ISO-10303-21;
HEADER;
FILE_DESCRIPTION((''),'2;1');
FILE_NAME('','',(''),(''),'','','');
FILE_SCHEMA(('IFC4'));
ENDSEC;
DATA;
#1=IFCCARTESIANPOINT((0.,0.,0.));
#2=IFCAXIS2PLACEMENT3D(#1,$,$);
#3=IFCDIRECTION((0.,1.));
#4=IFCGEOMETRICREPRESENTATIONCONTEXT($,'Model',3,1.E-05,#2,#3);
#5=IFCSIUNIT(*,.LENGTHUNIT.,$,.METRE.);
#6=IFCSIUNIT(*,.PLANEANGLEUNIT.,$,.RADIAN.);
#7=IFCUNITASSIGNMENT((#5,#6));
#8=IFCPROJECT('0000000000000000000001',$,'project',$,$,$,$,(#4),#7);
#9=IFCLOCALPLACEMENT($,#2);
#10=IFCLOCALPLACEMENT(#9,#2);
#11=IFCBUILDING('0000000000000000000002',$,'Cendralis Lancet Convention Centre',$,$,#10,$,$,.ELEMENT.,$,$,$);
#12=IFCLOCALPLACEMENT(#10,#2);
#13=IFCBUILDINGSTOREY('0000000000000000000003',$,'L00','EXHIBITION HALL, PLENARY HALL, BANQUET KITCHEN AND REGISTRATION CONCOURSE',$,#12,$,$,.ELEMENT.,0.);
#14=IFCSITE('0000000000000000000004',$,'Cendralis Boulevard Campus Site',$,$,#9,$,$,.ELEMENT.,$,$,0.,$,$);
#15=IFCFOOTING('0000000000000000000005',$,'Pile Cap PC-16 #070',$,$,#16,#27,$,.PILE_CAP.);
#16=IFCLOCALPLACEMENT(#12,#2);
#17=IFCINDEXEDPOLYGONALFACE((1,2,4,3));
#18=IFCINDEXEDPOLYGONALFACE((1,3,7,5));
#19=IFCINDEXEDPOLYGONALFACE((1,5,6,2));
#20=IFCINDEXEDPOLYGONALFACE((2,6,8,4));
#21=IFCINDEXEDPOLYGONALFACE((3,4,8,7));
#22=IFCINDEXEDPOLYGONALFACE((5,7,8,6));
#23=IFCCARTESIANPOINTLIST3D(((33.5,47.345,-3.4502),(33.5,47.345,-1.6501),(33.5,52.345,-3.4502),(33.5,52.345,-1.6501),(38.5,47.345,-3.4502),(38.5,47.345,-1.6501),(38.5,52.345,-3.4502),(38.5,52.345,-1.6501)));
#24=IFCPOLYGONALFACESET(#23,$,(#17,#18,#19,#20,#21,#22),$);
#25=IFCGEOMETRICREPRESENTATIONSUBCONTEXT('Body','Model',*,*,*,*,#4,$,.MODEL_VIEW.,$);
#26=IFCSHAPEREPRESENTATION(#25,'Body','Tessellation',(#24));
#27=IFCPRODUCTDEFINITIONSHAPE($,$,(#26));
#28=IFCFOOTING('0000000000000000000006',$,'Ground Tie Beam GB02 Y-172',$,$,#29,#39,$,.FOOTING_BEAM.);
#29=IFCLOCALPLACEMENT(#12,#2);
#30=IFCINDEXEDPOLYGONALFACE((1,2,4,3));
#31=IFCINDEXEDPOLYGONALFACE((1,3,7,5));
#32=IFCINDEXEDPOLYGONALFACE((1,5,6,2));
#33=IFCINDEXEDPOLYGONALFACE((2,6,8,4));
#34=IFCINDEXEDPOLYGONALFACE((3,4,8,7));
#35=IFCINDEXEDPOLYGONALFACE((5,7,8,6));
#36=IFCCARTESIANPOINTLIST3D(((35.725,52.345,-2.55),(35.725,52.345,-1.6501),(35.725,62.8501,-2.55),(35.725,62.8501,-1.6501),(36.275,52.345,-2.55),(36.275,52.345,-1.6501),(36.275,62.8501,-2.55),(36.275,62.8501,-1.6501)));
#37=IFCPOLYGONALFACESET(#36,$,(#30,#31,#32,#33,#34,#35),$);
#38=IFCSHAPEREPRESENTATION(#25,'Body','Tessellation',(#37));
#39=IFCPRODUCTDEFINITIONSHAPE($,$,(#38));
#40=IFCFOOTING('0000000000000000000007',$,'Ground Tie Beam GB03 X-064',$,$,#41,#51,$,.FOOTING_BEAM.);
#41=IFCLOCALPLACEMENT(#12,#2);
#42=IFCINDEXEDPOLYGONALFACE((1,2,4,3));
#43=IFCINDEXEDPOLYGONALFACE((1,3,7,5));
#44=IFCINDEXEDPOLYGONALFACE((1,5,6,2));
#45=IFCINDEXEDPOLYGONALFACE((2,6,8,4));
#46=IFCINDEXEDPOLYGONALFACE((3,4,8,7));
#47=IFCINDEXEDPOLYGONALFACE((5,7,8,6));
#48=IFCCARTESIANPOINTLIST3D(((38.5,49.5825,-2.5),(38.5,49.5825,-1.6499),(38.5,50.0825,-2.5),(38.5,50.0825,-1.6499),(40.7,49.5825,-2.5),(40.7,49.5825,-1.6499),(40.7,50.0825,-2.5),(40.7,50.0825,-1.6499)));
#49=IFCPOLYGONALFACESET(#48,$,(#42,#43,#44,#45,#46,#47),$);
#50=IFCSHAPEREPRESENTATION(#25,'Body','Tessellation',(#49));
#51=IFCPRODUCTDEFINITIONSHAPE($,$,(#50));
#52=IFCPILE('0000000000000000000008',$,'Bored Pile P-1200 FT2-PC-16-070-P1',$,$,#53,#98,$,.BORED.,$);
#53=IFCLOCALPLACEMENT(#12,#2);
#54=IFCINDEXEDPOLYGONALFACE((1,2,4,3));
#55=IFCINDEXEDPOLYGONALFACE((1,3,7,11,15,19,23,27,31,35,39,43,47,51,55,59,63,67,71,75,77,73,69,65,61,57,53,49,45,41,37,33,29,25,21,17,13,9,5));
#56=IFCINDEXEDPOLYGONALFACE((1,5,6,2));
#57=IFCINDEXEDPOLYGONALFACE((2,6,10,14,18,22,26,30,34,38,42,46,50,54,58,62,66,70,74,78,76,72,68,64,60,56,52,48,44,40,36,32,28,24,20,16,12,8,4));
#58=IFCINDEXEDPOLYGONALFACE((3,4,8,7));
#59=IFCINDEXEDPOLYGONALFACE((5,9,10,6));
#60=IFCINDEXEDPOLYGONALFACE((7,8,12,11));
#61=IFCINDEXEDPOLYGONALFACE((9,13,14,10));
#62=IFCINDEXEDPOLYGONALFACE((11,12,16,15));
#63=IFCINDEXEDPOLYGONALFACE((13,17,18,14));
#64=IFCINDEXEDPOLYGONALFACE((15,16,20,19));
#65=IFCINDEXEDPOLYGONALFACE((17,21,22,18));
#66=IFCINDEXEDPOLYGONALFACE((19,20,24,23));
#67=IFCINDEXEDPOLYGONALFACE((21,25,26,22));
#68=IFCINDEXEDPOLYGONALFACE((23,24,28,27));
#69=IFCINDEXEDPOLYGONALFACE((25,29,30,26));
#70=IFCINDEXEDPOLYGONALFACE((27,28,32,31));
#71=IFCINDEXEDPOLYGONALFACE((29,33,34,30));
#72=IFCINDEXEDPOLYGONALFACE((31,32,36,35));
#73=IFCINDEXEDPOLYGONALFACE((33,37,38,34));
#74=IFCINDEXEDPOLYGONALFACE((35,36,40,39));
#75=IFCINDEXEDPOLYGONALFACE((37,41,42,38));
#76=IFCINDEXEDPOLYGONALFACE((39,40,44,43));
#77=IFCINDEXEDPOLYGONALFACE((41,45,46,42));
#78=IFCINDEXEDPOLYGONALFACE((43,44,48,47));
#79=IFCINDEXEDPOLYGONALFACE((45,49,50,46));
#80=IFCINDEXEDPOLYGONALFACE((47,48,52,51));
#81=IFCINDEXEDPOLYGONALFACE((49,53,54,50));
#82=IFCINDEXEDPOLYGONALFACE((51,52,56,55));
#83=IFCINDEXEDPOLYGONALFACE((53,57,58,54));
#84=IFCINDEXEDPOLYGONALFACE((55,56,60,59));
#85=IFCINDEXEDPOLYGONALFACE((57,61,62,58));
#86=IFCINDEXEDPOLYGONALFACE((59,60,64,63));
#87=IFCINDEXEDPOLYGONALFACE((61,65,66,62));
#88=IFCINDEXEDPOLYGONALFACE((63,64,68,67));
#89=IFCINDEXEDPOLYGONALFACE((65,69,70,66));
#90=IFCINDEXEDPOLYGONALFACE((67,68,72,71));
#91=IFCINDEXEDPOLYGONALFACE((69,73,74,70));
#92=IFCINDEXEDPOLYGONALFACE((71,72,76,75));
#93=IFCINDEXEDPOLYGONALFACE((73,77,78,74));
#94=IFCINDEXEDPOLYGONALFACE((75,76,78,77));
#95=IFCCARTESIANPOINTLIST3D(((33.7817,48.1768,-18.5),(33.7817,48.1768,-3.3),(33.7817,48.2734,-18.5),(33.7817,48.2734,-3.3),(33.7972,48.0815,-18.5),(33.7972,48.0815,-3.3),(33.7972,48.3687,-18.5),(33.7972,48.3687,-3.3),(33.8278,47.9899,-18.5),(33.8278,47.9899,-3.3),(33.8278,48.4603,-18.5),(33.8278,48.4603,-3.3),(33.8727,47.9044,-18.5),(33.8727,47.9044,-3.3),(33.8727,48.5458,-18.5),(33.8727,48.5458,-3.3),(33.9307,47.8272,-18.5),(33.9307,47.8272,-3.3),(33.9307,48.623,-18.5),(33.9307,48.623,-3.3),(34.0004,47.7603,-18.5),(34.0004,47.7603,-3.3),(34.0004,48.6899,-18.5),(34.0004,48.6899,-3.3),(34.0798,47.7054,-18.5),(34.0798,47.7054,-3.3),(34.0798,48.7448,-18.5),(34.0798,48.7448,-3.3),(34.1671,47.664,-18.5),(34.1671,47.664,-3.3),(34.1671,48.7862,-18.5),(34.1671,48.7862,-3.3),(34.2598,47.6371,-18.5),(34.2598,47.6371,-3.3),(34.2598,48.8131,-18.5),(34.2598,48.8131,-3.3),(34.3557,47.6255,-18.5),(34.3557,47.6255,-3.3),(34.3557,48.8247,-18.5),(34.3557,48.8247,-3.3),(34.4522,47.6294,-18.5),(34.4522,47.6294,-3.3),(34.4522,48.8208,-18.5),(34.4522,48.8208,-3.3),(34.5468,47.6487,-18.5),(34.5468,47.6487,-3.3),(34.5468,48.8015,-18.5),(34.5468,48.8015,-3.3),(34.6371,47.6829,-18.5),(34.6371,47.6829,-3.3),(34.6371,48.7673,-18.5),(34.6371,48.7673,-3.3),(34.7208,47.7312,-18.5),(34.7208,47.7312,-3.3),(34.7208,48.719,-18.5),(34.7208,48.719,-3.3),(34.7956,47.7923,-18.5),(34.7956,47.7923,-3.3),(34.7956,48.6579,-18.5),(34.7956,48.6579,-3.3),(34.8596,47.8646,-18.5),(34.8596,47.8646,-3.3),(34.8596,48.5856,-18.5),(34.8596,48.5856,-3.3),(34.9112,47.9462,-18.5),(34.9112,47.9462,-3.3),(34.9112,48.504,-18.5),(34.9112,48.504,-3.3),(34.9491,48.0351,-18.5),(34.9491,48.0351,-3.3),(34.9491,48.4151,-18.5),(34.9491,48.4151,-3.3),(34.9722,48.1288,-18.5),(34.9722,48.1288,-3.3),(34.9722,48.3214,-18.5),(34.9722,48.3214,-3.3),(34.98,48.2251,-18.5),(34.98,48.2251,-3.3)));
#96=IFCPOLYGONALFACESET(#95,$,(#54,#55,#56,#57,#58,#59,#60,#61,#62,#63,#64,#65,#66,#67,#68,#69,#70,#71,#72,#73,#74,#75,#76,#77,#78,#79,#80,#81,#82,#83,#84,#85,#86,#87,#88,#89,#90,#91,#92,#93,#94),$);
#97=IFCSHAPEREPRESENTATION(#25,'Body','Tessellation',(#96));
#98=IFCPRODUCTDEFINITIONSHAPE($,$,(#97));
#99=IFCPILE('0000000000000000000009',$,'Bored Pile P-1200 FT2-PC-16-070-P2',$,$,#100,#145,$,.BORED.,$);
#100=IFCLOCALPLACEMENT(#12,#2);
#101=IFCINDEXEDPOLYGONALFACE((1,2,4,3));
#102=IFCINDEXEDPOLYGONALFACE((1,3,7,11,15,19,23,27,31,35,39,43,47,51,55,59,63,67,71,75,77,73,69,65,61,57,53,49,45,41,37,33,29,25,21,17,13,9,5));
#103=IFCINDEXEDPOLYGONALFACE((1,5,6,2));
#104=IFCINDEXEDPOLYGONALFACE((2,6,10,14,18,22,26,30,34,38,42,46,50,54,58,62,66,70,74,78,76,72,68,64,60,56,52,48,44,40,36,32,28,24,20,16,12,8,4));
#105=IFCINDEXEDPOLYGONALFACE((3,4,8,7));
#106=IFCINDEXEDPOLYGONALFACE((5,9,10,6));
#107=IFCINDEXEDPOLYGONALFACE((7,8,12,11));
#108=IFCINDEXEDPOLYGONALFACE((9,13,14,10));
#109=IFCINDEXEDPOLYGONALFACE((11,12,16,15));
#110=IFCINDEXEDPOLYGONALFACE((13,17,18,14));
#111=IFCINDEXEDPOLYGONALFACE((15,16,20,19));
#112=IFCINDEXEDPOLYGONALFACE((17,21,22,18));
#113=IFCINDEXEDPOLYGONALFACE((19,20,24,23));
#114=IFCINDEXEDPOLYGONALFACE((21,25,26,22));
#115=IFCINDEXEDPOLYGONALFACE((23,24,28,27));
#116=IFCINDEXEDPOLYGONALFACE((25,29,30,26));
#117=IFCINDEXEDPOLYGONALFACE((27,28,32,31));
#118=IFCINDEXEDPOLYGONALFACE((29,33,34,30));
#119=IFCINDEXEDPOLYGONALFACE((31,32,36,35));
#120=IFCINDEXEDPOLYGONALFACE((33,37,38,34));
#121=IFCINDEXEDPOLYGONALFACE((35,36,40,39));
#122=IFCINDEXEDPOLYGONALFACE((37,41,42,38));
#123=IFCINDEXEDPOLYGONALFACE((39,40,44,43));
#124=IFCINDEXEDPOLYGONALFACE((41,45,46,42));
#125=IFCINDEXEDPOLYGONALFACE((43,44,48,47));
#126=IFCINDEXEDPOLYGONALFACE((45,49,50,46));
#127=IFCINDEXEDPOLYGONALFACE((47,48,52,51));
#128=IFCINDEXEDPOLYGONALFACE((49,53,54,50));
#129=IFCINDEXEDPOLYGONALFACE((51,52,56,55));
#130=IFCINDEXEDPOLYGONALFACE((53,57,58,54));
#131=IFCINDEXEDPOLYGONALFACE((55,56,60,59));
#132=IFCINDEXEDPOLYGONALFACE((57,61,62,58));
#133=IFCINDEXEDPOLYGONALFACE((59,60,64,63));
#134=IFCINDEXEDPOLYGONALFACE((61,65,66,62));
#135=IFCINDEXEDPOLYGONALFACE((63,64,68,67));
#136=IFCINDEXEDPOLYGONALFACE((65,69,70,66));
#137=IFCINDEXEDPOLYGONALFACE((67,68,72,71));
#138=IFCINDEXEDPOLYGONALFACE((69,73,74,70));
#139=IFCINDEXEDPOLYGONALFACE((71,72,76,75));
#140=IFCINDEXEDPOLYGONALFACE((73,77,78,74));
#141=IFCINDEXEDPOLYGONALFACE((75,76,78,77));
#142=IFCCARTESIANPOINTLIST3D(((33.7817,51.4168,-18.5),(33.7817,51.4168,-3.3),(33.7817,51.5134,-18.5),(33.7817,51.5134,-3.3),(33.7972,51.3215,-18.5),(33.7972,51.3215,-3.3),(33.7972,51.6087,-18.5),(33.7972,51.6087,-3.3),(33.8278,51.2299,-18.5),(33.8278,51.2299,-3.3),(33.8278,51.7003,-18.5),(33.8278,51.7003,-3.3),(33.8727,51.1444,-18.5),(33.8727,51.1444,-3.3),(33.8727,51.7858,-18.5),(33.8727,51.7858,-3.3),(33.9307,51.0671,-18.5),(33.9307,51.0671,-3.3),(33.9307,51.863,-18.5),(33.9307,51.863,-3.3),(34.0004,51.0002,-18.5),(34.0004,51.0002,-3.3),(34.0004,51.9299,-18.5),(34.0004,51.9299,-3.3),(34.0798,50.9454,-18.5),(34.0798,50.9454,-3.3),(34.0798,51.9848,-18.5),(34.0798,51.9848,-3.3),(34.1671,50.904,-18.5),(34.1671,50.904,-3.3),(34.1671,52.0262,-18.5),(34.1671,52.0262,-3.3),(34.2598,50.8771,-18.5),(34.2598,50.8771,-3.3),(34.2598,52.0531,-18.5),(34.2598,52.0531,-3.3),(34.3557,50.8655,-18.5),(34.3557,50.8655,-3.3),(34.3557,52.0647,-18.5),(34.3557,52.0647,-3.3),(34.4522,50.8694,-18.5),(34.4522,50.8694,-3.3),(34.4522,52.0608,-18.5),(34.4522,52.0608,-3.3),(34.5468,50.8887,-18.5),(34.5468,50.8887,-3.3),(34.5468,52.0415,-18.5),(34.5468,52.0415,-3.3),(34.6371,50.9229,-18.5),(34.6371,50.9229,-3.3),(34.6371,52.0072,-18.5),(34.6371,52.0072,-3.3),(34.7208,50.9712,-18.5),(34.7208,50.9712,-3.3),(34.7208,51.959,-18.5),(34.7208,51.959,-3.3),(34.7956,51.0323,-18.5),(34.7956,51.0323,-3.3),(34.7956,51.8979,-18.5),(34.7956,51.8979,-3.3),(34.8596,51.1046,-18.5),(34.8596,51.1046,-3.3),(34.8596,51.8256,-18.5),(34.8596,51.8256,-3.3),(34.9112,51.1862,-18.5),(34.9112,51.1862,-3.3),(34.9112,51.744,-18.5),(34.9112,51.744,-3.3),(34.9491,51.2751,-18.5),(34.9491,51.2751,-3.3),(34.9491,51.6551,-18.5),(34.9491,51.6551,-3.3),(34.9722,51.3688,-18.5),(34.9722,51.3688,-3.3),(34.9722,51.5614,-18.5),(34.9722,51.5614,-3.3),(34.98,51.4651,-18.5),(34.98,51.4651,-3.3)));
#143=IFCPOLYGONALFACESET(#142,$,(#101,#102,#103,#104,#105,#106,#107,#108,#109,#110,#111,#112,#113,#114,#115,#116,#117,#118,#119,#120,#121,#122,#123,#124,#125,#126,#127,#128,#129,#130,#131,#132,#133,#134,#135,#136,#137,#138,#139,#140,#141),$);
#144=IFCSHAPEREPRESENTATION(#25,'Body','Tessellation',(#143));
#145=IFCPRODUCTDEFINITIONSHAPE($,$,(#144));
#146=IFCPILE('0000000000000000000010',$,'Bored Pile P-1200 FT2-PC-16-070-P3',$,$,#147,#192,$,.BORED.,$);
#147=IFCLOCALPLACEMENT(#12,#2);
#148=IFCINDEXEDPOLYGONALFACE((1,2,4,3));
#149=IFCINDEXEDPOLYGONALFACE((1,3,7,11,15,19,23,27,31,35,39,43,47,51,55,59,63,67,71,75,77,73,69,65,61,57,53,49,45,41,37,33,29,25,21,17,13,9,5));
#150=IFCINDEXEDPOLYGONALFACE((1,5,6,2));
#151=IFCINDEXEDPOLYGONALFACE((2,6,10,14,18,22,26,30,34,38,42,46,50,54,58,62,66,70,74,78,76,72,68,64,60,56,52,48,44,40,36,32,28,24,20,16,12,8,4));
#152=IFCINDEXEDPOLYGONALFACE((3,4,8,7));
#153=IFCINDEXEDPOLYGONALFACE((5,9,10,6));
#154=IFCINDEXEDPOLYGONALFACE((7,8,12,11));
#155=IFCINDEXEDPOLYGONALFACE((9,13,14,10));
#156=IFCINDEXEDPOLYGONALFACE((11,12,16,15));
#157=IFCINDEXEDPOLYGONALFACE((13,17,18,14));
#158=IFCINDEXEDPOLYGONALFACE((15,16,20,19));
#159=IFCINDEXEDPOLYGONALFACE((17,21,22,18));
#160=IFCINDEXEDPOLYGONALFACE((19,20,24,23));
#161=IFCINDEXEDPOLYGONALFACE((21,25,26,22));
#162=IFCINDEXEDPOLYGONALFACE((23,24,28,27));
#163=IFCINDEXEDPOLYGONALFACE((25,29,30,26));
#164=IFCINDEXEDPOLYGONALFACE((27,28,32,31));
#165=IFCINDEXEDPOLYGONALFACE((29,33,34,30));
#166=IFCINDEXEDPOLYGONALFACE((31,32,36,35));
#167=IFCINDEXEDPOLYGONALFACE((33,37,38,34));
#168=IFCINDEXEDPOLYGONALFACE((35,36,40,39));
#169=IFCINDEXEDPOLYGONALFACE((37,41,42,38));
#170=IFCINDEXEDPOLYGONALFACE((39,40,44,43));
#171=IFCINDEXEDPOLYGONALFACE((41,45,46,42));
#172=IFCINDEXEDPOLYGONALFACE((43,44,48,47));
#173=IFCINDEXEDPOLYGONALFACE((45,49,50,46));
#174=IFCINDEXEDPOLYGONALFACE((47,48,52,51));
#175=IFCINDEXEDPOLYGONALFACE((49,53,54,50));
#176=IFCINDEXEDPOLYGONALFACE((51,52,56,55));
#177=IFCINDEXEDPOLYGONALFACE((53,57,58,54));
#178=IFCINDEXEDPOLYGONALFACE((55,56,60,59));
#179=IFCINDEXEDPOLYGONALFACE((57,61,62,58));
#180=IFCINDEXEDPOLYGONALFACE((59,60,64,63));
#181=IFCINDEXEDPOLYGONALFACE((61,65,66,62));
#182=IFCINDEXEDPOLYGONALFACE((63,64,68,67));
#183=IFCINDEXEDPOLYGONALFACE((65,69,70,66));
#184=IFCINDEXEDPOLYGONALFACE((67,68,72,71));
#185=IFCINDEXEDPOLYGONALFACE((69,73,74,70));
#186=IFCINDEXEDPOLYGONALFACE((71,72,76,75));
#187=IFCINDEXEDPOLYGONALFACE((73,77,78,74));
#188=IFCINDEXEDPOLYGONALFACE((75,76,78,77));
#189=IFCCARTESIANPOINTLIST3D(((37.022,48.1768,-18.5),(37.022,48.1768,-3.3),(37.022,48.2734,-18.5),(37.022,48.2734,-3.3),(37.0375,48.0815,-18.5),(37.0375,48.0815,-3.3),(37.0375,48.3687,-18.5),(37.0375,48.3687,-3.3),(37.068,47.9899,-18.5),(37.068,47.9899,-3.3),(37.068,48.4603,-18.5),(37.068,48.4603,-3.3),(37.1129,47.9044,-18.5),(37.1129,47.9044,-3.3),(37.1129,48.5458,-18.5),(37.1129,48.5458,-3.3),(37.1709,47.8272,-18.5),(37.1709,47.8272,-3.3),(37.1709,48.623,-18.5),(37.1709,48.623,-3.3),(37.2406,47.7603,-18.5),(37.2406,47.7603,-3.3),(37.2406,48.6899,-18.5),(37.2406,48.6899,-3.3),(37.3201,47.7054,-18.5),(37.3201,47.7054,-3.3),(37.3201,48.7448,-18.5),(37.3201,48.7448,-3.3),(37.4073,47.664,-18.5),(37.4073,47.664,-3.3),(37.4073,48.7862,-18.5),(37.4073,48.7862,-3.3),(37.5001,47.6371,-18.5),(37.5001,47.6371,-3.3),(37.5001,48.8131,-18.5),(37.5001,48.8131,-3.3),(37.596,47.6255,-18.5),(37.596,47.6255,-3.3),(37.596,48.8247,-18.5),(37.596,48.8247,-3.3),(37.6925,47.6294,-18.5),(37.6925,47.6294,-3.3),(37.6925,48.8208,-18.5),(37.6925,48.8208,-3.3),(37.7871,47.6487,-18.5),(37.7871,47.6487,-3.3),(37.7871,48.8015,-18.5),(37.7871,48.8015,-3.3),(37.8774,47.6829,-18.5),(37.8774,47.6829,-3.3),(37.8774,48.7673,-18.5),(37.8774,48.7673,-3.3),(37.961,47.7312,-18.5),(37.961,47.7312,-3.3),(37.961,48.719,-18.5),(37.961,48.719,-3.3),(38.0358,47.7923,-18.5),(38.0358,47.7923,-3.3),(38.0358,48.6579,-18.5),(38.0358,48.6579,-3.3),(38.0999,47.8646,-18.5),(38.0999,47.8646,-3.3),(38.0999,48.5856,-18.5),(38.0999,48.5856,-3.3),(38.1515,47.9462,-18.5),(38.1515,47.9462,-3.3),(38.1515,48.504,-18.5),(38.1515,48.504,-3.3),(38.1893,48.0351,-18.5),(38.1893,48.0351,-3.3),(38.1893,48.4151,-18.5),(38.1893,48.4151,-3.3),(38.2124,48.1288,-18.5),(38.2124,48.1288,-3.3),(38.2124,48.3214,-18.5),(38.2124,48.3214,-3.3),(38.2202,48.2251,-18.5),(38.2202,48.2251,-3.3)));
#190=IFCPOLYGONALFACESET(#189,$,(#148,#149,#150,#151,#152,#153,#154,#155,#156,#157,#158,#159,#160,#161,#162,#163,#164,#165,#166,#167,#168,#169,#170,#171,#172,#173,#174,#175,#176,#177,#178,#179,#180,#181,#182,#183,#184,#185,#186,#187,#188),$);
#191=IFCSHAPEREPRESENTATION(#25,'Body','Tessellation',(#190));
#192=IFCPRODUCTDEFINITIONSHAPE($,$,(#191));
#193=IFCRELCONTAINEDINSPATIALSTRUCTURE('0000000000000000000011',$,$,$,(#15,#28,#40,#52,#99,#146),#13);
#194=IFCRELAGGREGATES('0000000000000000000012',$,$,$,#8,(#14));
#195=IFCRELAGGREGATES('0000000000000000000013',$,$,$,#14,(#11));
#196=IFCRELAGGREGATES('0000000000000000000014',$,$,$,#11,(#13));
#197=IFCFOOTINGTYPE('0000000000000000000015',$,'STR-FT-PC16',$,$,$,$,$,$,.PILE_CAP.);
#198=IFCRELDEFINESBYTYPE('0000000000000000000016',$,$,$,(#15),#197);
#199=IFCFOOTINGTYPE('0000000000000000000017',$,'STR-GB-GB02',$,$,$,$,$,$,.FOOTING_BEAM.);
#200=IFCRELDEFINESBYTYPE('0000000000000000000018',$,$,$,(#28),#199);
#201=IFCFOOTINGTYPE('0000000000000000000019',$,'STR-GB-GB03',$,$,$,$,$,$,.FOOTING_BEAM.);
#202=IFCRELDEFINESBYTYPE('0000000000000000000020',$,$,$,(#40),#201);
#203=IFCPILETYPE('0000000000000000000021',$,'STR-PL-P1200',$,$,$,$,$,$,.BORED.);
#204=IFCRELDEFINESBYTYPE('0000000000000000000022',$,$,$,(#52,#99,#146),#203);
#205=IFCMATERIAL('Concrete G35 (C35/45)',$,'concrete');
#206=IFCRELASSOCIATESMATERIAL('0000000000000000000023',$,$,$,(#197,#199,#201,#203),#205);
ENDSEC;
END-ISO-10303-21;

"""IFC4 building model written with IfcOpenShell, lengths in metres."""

from ifc_helpers import new_model, si_unit, direction, frame, origin, origin_2d, place, context, subcontext, project, spatial, rectangle, circle, extrude, material, material_profile, profile_set, type_object, element, save


model = new_model("IFC4")

# Units and contexts
model_context = context("Model", 3, precision=1e-05, world=origin(), true_north=direction((0.0, 1.0)))
body_context = subcontext(model_context, "Body", "Model", "MODEL_VIEW")
ifc_project = project(units=[si_unit("LENGTHUNIT", "METRE"), si_unit("PLANEANGLEUNIT", "RADIAN")], contexts=[model_context])

# Site, building, storey
site_placement = place(None, origin())
site = spatial("IfcSite", under=ifc_project, at=site_placement, Name="Cendralis Boulevard Campus Site", CompositionType="ELEMENT", RefElevation=0.0)
building_placement = place(site_placement, origin())
building = spatial("IfcBuilding", under=site, at=building_placement, Name="Cendralis Lancet Convention Centre", CompositionType="ELEMENT")
storey_placement = place(building_placement, origin())
storey = spatial("IfcBuildingStorey", under=building, at=storey_placement, Name="L00", Description="EXHIBITION HALL, PLENARY HALL, BANQUET KITCHEN AND REGISTRATION CONCOURSE", CompositionType="ELEMENT", Elevation=0.0)

# Footings
ifc_material_1 = material(Name="Concrete G35 (C35/45)", Category="concrete")
footing_type_1 = type_object("IfcFootingType", Name="STR-FT-PC16", PredefinedType="PILE_CAP", material=ifc_material_1)
footing_1_placement = place(storey_placement, frame((36.0, 49.845, -3.4502), z_axis=(0.0, 0.0, 1.0), x_axis=(1.0, 0.0, 0.0)))
element("IfcFooting", 1, at=footing_1_placement, inside=storey, type_object=footing_type_1, Name="Pile Cap PC-16 #070", PredefinedType="PILE_CAP", context=body_context, shape_type="SweptSolid", body=[
    extrude(rectangle(XDim=5.0, YDim=5.0, at=origin_2d()), origin(), (0.0, 0.0, 1.0), 1.8),
])
ifc_material_profile_1 = material_profile(ifc_material_1, rectangle(XDim=0.55, YDim=0.8999, at=origin_2d()), Name="RCB 550x900")
ifc_profile_set_1 = profile_set([ifc_material_profile_1], Name="Concrete G35 (C35/45)")
footing_type_2 = type_object("IfcFootingType", Name="STR-GB-GB02", PredefinedType="FOOTING_BEAM", material=ifc_profile_set_1)
footing_2_placement = place(storey_placement, frame((36.0, 52.345, -2.1001), z_axis=(0.0, 1.0, 0.0), x_axis=(-1.0, 0.0, 0.0)))
element("IfcFooting", 2, at=footing_2_placement, inside=storey, type_object=footing_type_2, Name="Ground Tie Beam GB02 Y-172", PredefinedType="FOOTING_BEAM", context=body_context, shape_type="SweptSolid", body=[
    extrude(rectangle(XDim=0.55, YDim=0.8999, at=origin_2d()), origin(), (0.0, 0.0, 1.0), 10.5051),
])
ifc_material_profile_2 = material_profile(ifc_material_1, rectangle(XDim=0.5, YDim=0.8501, at=origin_2d()), Name="RCB 500x850")
ifc_profile_set_2 = profile_set([ifc_material_profile_2], Name="Concrete G35 (C35/45)")
footing_type_3 = type_object("IfcFootingType", Name="STR-GB-GB03", PredefinedType="FOOTING_BEAM", material=ifc_profile_set_2)
footing_3_placement = place(storey_placement, frame((38.5, 49.8325, -2.075), z_axis=(1.0, 0.0, 0.0), x_axis=(0.0, 1.0, 0.0)))
element("IfcFooting", 3, at=footing_3_placement, inside=storey, type_object=footing_type_3, Name="Ground Tie Beam GB03 X-064", PredefinedType="FOOTING_BEAM", context=body_context, shape_type="SweptSolid", body=[
    extrude(rectangle(XDim=0.5, YDim=0.8501, at=origin_2d()), origin(), (0.0, 0.0, 1.0), 2.2),
])

# Piles
ifc_material_profile_3 = material_profile(ifc_material_1, circle(Radius=0.6001, at=origin_2d()), Name="BORED PILE D1200")
ifc_profile_set_3 = profile_set([ifc_material_profile_3], Name="Concrete G35 (C35/45)")
pile_type = type_object("IfcPileType", Name="STR-PL-P1200", PredefinedType="BORED", material=ifc_profile_set_3)
for number, where, z_axis, x_axis, name in (
    (4, (34.3799, 48.2251, -3.3), (0.0, 0.0, -1.0), (1.0, 0.0, 0.0), "Bored Pile P-1200 FT2-PC-16-070-P1"),
    (5, (34.3799, 51.4651, -3.3), (0.0, 0.0, -1.0), (1.0, 0.0, 0.0), "Bored Pile P-1200 FT2-PC-16-070-P2"),
    (6, (37.6201, 48.2251, -3.3), (0.0, 0.0, -1.0), (1.0, 0.0, 0.0), "Bored Pile P-1200 FT2-PC-16-070-P3"),
):
    element("IfcPile", number, at=place(storey_placement, frame(where, z_axis=z_axis, x_axis=x_axis)), inside=storey, type_object=pile_type, Name=name, PredefinedType="BORED", context=body_context, shape_type="SweptSolid", body=[
        extrude(circle(Radius=0.6001, at=origin_2d()), origin(), (0.0, 0.0, 1.0), 15.2),
    ])

save(model, "model.ifc")
